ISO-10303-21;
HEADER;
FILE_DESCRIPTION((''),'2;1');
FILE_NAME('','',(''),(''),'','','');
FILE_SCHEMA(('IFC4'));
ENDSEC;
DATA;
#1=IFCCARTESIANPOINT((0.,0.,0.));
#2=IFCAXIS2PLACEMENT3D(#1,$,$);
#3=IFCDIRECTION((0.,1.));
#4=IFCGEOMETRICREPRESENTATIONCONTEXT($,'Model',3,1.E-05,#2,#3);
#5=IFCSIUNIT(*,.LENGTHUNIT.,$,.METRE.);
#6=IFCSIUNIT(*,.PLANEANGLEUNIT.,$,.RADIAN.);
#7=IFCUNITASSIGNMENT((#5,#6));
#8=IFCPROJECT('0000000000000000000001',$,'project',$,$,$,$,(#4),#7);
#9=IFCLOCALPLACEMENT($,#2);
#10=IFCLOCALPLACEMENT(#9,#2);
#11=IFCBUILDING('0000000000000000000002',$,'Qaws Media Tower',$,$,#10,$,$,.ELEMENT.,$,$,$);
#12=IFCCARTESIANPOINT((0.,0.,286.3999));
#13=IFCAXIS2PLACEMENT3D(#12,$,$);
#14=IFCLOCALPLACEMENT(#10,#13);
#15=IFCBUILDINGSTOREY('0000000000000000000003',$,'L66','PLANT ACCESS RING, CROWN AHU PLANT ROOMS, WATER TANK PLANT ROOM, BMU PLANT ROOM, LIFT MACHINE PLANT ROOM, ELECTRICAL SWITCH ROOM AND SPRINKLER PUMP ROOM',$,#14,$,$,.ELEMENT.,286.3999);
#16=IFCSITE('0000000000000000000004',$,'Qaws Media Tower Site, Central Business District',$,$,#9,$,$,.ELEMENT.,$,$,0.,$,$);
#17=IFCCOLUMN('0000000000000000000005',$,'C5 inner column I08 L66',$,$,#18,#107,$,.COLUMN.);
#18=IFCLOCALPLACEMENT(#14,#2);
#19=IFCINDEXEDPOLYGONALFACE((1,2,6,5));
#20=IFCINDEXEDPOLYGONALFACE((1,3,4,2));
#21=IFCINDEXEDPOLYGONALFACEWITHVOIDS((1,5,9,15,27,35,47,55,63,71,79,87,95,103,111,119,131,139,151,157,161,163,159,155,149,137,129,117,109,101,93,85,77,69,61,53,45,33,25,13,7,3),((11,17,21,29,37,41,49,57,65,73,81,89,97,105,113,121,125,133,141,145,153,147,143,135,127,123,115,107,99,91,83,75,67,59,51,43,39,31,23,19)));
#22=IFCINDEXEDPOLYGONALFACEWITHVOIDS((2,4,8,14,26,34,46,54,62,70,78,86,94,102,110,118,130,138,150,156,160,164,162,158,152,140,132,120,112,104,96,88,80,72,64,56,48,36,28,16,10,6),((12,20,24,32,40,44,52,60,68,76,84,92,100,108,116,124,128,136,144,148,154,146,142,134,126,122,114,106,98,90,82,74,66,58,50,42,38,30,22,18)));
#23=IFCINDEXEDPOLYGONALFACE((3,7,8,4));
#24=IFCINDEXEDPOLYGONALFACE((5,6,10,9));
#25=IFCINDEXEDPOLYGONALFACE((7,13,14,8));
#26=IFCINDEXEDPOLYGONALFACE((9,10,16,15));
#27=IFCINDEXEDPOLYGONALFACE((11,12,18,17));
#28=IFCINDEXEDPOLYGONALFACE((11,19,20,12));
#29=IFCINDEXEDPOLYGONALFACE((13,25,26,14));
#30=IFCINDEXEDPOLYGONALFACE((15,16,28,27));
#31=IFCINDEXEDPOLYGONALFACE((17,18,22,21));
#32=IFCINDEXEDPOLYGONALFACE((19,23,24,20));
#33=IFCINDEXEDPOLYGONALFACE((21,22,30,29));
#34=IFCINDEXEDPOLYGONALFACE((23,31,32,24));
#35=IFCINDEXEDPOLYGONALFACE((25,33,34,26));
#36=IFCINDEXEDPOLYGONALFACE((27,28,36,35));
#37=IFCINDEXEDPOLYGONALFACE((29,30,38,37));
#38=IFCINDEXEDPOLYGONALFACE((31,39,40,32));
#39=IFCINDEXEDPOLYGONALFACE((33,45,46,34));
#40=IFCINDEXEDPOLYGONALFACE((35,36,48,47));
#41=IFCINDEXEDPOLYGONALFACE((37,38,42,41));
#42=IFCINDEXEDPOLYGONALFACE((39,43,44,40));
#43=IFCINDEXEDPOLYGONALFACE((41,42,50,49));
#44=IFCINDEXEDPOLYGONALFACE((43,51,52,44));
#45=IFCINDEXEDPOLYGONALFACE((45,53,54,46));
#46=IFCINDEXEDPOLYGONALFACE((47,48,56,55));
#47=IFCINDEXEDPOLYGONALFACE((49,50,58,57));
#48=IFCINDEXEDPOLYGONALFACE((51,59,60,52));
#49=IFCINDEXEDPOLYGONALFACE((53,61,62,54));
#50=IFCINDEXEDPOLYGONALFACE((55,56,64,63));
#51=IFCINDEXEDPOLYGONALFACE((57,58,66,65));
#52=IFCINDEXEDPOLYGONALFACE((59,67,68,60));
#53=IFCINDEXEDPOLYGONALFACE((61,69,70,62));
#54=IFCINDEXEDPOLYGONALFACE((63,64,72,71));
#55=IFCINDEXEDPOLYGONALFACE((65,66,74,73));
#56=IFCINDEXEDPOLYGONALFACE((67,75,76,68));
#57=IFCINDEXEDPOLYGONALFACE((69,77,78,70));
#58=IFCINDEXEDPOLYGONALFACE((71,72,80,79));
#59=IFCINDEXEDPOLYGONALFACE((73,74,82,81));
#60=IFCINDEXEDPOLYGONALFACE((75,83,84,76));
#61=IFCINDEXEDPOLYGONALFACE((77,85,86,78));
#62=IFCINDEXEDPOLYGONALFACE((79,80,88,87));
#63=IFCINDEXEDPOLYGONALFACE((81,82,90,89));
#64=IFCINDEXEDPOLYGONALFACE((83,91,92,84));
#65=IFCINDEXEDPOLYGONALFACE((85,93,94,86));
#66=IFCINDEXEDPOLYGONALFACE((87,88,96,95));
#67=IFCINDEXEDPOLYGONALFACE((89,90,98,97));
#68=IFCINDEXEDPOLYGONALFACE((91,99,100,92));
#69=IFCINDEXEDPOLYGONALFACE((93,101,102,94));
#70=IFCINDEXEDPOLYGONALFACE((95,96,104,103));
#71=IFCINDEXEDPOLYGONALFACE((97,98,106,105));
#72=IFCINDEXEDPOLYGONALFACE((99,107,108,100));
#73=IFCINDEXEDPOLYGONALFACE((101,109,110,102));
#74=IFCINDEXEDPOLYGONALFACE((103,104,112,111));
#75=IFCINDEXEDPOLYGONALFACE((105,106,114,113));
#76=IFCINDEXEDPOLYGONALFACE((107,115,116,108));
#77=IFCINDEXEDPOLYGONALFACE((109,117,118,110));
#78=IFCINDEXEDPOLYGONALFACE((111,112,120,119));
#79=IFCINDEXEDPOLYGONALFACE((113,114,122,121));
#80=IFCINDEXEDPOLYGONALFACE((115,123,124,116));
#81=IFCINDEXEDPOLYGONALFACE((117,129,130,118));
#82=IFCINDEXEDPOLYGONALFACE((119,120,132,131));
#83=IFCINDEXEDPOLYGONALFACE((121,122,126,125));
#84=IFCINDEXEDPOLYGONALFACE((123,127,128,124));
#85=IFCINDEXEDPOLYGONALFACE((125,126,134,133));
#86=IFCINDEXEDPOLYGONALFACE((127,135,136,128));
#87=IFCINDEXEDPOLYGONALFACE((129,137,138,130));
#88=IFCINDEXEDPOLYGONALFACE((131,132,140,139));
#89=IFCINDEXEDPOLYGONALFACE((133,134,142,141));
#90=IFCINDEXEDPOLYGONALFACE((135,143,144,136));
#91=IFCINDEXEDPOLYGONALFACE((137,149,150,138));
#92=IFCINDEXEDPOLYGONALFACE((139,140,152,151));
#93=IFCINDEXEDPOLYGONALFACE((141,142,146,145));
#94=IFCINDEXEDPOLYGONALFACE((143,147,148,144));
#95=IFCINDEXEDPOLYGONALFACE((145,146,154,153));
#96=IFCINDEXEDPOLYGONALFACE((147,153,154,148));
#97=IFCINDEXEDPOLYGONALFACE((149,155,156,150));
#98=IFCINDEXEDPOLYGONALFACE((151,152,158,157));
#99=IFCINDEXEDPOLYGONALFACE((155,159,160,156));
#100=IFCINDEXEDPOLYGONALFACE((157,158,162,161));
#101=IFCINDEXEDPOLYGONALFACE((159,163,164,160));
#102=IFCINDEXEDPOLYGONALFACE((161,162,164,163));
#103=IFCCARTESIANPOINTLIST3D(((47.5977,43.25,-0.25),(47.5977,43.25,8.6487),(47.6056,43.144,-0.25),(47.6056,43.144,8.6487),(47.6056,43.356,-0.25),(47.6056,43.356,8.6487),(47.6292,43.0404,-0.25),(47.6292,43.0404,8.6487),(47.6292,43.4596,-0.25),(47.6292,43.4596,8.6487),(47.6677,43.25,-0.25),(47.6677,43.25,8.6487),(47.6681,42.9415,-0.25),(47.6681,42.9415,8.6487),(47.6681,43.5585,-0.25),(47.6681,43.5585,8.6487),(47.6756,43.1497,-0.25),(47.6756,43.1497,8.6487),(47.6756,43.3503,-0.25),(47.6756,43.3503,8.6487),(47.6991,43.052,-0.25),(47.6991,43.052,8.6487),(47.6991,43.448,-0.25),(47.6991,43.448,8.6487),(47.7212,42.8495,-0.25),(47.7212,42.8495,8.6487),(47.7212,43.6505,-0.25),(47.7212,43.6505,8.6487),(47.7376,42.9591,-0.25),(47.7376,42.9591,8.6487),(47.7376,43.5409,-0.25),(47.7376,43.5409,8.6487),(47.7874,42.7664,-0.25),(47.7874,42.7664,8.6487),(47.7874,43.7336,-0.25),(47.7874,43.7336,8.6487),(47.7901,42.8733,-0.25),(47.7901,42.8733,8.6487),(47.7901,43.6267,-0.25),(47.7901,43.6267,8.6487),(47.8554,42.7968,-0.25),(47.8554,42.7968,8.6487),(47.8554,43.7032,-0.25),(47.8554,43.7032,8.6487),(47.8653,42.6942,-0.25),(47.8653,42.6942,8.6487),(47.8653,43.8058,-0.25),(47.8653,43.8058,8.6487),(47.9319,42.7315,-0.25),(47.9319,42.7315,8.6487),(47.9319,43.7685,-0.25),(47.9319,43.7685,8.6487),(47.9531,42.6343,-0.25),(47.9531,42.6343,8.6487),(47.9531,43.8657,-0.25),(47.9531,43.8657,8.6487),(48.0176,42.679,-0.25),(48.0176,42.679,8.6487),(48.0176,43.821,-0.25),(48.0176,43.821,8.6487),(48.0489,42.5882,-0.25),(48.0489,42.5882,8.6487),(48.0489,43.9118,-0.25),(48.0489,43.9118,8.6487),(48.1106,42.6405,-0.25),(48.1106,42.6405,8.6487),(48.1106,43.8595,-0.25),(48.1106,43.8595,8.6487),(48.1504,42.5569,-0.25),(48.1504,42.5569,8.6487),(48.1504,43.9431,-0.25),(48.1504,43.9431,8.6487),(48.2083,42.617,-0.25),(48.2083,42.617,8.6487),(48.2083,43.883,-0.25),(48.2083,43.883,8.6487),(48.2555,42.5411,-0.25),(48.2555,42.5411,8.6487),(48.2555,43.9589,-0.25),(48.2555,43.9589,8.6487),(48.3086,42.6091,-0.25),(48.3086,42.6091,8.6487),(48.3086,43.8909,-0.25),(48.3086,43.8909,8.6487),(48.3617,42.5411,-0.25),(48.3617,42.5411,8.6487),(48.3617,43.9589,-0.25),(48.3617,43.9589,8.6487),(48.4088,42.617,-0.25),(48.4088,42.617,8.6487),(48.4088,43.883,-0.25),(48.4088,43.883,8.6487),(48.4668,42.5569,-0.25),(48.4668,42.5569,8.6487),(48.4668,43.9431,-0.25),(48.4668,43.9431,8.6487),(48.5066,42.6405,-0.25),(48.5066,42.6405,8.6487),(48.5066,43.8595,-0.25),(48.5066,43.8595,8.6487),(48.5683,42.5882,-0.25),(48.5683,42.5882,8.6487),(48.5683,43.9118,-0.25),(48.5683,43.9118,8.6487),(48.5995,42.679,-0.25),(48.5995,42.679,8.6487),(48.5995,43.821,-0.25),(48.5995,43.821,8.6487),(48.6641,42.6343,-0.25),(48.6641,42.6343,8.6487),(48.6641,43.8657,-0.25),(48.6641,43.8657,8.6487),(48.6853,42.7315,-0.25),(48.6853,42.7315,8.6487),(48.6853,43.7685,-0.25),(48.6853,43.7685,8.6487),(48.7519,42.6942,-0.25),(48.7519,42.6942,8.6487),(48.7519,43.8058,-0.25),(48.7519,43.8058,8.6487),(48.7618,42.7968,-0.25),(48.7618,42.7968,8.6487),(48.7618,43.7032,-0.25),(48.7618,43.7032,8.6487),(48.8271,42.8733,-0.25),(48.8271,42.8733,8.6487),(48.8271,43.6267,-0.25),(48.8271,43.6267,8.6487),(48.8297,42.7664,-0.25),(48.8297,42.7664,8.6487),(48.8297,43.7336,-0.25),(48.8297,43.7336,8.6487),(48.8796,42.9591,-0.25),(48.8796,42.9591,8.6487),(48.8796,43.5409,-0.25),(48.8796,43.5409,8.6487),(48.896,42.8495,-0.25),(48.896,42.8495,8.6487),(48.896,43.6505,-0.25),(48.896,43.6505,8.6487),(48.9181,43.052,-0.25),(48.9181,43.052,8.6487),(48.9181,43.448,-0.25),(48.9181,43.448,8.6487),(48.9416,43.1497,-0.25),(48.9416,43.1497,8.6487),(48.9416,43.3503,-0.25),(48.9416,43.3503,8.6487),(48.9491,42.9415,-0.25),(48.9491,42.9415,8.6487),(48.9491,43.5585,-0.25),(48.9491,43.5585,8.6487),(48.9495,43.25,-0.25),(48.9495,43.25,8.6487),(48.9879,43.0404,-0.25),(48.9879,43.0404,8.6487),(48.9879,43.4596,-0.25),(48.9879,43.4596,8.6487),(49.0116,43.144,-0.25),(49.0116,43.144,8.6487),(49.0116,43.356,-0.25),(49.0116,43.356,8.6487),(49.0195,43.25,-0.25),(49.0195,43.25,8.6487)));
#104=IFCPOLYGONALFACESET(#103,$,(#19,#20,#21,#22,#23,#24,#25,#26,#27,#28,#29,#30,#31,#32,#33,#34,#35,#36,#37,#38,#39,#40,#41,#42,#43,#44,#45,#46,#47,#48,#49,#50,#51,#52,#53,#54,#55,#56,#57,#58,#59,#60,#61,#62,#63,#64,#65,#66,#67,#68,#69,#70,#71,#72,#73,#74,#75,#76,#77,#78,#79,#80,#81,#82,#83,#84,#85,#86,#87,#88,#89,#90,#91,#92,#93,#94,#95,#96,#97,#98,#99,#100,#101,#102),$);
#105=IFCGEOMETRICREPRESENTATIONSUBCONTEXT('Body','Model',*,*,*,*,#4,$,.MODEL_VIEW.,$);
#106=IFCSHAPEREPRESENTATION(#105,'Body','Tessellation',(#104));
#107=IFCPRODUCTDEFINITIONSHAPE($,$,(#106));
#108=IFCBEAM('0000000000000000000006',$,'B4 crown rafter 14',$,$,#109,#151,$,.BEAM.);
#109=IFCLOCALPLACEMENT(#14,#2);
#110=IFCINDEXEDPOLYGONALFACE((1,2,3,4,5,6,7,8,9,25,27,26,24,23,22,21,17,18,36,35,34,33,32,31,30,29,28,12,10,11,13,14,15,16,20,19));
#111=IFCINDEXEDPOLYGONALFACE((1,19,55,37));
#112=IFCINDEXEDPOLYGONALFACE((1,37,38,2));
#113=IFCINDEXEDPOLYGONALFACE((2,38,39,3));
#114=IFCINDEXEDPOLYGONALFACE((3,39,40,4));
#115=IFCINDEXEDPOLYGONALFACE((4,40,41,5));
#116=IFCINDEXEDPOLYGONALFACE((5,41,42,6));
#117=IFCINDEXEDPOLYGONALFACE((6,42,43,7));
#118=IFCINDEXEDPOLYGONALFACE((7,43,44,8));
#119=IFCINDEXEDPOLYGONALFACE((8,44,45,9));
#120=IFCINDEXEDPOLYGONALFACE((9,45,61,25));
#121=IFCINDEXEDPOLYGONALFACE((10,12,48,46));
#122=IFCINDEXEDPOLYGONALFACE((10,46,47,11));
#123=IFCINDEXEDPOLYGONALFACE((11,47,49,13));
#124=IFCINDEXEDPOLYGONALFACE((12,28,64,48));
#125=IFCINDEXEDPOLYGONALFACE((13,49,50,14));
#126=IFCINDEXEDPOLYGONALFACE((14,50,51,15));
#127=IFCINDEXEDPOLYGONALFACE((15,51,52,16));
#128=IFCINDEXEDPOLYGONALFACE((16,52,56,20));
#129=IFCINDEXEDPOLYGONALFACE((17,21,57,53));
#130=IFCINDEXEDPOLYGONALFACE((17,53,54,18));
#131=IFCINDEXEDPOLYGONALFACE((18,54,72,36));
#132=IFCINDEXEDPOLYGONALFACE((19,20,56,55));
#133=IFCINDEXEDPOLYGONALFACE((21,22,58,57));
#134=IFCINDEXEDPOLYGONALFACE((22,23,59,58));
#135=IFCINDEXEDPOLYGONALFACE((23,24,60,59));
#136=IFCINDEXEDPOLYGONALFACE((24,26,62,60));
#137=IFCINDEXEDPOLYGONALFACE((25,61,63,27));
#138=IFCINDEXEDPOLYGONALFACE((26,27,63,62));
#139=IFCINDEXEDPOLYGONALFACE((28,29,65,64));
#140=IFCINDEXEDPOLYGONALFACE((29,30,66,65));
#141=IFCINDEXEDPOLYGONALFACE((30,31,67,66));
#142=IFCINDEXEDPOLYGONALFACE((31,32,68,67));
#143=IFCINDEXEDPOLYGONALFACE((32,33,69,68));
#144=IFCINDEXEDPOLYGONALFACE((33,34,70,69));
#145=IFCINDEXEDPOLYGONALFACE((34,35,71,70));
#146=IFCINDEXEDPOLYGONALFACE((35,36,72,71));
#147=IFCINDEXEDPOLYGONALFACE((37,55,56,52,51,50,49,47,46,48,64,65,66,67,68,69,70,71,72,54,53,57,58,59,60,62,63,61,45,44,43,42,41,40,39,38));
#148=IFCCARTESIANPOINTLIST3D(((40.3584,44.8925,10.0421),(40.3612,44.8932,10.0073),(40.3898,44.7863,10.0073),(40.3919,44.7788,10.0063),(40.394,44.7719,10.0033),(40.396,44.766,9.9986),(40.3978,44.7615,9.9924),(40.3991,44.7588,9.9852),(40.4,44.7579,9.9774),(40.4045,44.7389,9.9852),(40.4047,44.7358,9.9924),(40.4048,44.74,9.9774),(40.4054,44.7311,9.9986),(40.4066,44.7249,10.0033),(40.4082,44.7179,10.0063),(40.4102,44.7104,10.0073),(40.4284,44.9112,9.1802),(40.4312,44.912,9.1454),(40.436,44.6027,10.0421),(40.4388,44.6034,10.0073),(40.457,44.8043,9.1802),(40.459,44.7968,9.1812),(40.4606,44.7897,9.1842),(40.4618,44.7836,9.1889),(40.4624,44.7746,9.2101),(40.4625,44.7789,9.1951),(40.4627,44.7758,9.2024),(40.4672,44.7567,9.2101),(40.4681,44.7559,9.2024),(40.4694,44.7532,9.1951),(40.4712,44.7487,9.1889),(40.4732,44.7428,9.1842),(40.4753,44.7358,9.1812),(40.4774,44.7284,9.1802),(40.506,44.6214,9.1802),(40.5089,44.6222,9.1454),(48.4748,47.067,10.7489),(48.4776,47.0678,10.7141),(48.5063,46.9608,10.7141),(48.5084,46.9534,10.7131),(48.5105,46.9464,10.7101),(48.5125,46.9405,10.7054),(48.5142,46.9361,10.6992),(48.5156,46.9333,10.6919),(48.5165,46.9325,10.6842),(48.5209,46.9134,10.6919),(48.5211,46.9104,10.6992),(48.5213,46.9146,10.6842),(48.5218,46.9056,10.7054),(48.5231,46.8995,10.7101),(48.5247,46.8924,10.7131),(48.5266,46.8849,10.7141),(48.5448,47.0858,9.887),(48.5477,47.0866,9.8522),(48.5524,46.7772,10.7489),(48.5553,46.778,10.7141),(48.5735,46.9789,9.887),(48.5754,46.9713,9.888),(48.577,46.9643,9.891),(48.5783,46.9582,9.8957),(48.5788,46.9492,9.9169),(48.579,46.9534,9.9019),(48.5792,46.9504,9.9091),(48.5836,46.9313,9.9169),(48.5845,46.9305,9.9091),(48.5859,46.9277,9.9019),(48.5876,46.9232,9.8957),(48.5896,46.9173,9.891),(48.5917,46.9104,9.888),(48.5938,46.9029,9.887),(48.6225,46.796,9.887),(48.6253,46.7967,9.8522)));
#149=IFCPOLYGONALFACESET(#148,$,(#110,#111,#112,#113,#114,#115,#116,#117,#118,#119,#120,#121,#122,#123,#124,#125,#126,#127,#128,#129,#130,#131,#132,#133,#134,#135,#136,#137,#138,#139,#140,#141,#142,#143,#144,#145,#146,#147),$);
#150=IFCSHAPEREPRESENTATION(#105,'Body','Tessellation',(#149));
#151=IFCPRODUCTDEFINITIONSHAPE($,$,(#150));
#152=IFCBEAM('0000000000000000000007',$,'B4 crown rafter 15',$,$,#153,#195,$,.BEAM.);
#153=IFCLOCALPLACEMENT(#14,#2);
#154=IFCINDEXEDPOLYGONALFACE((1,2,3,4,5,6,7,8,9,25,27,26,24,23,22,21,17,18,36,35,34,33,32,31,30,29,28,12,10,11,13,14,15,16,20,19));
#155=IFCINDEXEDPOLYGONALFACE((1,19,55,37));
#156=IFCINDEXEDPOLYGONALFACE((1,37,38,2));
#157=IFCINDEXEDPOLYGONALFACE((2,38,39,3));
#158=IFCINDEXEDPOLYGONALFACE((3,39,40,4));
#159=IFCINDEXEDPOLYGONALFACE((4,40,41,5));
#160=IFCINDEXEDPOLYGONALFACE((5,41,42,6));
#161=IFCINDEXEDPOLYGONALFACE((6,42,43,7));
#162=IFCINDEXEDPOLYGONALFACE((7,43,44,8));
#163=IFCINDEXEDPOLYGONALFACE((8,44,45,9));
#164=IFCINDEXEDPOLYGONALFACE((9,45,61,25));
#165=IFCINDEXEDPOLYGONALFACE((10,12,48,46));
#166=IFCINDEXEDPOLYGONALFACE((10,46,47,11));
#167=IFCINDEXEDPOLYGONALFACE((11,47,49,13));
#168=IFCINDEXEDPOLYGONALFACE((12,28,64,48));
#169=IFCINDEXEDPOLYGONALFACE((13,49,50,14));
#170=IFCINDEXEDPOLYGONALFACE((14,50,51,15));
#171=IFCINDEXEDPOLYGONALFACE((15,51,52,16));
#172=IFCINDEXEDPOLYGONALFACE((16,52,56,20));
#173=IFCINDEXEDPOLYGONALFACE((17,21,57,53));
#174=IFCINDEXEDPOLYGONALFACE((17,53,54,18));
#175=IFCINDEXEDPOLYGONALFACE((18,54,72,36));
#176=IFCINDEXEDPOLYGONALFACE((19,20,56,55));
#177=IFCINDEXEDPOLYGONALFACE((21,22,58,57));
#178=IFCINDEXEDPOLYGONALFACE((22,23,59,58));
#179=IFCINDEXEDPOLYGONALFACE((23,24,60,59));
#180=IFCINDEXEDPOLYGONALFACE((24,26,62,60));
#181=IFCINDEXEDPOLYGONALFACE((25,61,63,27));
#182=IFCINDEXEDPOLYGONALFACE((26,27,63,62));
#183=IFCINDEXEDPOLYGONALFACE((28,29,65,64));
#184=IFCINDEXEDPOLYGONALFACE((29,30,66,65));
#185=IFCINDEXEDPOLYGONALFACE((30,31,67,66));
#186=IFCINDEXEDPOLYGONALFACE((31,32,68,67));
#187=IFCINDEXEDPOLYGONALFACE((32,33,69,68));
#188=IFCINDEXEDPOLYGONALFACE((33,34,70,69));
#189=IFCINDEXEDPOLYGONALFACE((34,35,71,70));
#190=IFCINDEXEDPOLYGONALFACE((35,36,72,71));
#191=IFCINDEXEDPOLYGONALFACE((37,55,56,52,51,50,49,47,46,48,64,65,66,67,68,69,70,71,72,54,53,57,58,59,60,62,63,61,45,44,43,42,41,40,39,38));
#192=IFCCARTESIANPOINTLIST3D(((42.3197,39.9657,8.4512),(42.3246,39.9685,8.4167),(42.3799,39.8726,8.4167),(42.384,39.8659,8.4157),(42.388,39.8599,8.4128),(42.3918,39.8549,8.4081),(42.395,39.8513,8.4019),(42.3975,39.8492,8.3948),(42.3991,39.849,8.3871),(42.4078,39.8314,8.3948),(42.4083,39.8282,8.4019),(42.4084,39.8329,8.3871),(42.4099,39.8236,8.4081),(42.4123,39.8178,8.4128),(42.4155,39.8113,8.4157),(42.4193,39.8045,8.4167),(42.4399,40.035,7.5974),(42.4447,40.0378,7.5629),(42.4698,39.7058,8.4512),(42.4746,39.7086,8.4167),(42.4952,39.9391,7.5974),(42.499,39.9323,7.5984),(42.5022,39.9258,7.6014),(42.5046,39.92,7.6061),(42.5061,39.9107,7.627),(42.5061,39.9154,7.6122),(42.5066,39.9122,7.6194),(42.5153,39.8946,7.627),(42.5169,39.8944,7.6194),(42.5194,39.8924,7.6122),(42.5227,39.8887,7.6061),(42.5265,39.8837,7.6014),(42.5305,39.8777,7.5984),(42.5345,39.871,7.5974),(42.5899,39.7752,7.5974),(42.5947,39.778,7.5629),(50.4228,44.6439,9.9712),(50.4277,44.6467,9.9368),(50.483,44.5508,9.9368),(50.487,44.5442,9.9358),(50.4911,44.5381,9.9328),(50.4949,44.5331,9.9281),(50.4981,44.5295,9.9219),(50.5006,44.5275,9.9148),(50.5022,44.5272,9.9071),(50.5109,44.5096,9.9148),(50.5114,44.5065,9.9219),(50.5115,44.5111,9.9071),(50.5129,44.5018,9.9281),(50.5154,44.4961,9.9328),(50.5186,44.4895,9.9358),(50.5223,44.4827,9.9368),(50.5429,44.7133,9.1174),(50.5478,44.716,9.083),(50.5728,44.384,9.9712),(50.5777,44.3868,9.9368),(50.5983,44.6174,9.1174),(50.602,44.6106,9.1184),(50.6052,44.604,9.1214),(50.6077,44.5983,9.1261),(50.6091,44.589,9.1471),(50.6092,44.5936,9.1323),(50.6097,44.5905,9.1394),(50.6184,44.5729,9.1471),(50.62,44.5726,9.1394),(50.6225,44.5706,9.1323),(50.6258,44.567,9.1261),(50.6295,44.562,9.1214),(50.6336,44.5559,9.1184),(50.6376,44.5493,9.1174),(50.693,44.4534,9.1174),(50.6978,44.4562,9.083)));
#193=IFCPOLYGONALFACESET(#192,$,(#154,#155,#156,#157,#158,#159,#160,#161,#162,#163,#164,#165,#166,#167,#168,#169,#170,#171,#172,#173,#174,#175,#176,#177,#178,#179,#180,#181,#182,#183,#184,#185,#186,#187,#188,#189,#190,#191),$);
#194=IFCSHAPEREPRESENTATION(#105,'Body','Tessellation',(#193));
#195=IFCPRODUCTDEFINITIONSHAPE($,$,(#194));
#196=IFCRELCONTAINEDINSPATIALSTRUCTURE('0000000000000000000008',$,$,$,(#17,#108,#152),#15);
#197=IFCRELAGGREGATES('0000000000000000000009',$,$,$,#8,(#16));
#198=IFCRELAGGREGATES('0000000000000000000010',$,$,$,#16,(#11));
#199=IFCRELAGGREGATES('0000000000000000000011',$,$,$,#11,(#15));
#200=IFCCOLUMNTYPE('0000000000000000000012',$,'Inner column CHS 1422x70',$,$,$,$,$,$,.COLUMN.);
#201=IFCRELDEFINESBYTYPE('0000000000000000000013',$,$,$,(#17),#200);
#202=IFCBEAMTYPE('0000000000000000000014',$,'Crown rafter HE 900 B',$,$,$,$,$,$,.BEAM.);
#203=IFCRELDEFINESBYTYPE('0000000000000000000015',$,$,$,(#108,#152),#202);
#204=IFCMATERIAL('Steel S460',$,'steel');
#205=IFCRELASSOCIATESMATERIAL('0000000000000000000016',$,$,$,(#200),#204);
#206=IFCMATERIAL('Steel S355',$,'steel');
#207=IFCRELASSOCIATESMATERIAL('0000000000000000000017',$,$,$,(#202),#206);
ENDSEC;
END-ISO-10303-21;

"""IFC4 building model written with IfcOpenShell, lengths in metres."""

from ifc_helpers import new_model, si_unit, direction, frame, origin, origin_2d, place, context, subcontext, project, spatial, hollow_circle, i_section, extrude, material, material_profile, profile_set, type_object, element, save


model = new_model("IFC4")

# Units and contexts
model_context = context("Model", 3, precision=1e-05, world=origin(), true_north=direction((0.0, 1.0)))
body_context = subcontext(model_context, "Body", "Model", "MODEL_VIEW")
ifc_project = project(units=[si_unit("LENGTHUNIT", "METRE"), si_unit("PLANEANGLEUNIT", "RADIAN")], contexts=[model_context])

# Site, building, storey
site_placement = place(None, origin())
site = spatial("IfcSite", under=ifc_project, at=site_placement, Name="Qaws Media Tower Site, Central Business District", CompositionType="ELEMENT", RefElevation=0.0)
building_placement = place(site_placement, origin())
building = spatial("IfcBuilding", under=site, at=building_placement, Name="Qaws Media Tower", CompositionType="ELEMENT")
storey_placement = place(building_placement, frame((0.0, 0.0, 286.3999)))
storey = spatial("IfcBuildingStorey", under=building, at=storey_placement, Name="L66", Description="PLANT ACCESS RING, CROWN AHU PLANT ROOMS, WATER TANK PLANT ROOM, BMU PLANT ROOM, LIFT MACHINE PLANT ROOM, ELECTRICAL SWITCH ROOM AND SPRINKLER PUMP ROOM", CompositionType="ELEMENT", Elevation=286.3999)

# Column
ifc_material_1 = material(Name="Steel S460", Category="steel")
ifc_material_profile_1 = material_profile(ifc_material_1, hollow_circle(Radius=0.7109, WallThickness=0.0701, at=origin_2d()), Name="CHS 1422x70")
ifc_profile_set_1 = profile_set([ifc_material_profile_1], Name="Steel S460")
column_type = type_object("IfcColumnType", Name="Inner column CHS 1422x70", PredefinedType="COLUMN", material=ifc_profile_set_1)
column_placement = place(storey_placement, frame((48.3086, 43.25, -0.25), z_axis=(0.0, 0.0, 1.0), x_axis=(1.0, 0.0, 0.0)))
element("IfcColumn", 1, at=column_placement, inside=storey, type_object=column_type, Name="C5 inner column I08 L66", PredefinedType="COLUMN", context=body_context, shape_type="SweptSolid", body=[
    extrude(hollow_circle(Radius=0.7109, WallThickness=0.0701, at=origin_2d()), origin(), (0.0, 0.0, 1.0), 8.8987),
])

# Beams
ifc_material_2 = material(Name="Steel S355", Category="steel")
ifc_material_profile_2 = material_profile(ifc_material_2, i_section(OverallWidth=0.3, OverallDepth=0.8999, WebThickness=0.0186, FlangeThickness=0.0349, FilletRadius=0.03, at=origin_2d()), Name="HE 900 B")
ifc_profile_set_2 = profile_set([ifc_material_profile_2], Name="Steel S355")
beam_type_1 = type_object("IfcBeamType", Name="Crown rafter HE 900 B", PredefinedType="BEAM", material=ifc_profile_set_2)
beam_1_placement = place(storey_placement, frame((48.55, 46.9319, 10.3005), z_axis=(-0.962534, -0.257882, -0.083818), x_axis=(0.258793, -0.965933, 0.0)))
element("IfcBeam", 2, at=beam_1_placement, inside=storey, type_object=beam_type_1, Name="B4 crown rafter 14", PredefinedType="BEAM", context=body_context, shape_type="SweptSolid", body=[
    extrude(i_section(OverallWidth=0.3, OverallDepth=0.8999, WebThickness=0.0186, FlangeThickness=0.0349, FilletRadius=0.03, at=origin_2d()), origin(), (0.0, 0.0, 1.0), 8.4324),
])
beam_2_placement = place(storey_placement, frame((50.5603, 44.55, 9.5271), z_axis=(-0.854822, -0.493525, -0.160353), x_axis=(0.499995, -0.866028, 0.0)))
element("IfcBeam", 3, at=beam_2_placement, inside=storey, type_object=beam_type_1, Name="B4 crown rafter 15", PredefinedType="BEAM", context=body_context, shape_type="SweptSolid", body=[
    extrude(i_section(OverallWidth=0.3, OverallDepth=0.8999, WebThickness=0.0186, FlangeThickness=0.0349, FilletRadius=0.03, at=origin_2d()), origin(), (0.0, 0.0, 1.0), 9.4792),
])

save(model, "model.ifc")
